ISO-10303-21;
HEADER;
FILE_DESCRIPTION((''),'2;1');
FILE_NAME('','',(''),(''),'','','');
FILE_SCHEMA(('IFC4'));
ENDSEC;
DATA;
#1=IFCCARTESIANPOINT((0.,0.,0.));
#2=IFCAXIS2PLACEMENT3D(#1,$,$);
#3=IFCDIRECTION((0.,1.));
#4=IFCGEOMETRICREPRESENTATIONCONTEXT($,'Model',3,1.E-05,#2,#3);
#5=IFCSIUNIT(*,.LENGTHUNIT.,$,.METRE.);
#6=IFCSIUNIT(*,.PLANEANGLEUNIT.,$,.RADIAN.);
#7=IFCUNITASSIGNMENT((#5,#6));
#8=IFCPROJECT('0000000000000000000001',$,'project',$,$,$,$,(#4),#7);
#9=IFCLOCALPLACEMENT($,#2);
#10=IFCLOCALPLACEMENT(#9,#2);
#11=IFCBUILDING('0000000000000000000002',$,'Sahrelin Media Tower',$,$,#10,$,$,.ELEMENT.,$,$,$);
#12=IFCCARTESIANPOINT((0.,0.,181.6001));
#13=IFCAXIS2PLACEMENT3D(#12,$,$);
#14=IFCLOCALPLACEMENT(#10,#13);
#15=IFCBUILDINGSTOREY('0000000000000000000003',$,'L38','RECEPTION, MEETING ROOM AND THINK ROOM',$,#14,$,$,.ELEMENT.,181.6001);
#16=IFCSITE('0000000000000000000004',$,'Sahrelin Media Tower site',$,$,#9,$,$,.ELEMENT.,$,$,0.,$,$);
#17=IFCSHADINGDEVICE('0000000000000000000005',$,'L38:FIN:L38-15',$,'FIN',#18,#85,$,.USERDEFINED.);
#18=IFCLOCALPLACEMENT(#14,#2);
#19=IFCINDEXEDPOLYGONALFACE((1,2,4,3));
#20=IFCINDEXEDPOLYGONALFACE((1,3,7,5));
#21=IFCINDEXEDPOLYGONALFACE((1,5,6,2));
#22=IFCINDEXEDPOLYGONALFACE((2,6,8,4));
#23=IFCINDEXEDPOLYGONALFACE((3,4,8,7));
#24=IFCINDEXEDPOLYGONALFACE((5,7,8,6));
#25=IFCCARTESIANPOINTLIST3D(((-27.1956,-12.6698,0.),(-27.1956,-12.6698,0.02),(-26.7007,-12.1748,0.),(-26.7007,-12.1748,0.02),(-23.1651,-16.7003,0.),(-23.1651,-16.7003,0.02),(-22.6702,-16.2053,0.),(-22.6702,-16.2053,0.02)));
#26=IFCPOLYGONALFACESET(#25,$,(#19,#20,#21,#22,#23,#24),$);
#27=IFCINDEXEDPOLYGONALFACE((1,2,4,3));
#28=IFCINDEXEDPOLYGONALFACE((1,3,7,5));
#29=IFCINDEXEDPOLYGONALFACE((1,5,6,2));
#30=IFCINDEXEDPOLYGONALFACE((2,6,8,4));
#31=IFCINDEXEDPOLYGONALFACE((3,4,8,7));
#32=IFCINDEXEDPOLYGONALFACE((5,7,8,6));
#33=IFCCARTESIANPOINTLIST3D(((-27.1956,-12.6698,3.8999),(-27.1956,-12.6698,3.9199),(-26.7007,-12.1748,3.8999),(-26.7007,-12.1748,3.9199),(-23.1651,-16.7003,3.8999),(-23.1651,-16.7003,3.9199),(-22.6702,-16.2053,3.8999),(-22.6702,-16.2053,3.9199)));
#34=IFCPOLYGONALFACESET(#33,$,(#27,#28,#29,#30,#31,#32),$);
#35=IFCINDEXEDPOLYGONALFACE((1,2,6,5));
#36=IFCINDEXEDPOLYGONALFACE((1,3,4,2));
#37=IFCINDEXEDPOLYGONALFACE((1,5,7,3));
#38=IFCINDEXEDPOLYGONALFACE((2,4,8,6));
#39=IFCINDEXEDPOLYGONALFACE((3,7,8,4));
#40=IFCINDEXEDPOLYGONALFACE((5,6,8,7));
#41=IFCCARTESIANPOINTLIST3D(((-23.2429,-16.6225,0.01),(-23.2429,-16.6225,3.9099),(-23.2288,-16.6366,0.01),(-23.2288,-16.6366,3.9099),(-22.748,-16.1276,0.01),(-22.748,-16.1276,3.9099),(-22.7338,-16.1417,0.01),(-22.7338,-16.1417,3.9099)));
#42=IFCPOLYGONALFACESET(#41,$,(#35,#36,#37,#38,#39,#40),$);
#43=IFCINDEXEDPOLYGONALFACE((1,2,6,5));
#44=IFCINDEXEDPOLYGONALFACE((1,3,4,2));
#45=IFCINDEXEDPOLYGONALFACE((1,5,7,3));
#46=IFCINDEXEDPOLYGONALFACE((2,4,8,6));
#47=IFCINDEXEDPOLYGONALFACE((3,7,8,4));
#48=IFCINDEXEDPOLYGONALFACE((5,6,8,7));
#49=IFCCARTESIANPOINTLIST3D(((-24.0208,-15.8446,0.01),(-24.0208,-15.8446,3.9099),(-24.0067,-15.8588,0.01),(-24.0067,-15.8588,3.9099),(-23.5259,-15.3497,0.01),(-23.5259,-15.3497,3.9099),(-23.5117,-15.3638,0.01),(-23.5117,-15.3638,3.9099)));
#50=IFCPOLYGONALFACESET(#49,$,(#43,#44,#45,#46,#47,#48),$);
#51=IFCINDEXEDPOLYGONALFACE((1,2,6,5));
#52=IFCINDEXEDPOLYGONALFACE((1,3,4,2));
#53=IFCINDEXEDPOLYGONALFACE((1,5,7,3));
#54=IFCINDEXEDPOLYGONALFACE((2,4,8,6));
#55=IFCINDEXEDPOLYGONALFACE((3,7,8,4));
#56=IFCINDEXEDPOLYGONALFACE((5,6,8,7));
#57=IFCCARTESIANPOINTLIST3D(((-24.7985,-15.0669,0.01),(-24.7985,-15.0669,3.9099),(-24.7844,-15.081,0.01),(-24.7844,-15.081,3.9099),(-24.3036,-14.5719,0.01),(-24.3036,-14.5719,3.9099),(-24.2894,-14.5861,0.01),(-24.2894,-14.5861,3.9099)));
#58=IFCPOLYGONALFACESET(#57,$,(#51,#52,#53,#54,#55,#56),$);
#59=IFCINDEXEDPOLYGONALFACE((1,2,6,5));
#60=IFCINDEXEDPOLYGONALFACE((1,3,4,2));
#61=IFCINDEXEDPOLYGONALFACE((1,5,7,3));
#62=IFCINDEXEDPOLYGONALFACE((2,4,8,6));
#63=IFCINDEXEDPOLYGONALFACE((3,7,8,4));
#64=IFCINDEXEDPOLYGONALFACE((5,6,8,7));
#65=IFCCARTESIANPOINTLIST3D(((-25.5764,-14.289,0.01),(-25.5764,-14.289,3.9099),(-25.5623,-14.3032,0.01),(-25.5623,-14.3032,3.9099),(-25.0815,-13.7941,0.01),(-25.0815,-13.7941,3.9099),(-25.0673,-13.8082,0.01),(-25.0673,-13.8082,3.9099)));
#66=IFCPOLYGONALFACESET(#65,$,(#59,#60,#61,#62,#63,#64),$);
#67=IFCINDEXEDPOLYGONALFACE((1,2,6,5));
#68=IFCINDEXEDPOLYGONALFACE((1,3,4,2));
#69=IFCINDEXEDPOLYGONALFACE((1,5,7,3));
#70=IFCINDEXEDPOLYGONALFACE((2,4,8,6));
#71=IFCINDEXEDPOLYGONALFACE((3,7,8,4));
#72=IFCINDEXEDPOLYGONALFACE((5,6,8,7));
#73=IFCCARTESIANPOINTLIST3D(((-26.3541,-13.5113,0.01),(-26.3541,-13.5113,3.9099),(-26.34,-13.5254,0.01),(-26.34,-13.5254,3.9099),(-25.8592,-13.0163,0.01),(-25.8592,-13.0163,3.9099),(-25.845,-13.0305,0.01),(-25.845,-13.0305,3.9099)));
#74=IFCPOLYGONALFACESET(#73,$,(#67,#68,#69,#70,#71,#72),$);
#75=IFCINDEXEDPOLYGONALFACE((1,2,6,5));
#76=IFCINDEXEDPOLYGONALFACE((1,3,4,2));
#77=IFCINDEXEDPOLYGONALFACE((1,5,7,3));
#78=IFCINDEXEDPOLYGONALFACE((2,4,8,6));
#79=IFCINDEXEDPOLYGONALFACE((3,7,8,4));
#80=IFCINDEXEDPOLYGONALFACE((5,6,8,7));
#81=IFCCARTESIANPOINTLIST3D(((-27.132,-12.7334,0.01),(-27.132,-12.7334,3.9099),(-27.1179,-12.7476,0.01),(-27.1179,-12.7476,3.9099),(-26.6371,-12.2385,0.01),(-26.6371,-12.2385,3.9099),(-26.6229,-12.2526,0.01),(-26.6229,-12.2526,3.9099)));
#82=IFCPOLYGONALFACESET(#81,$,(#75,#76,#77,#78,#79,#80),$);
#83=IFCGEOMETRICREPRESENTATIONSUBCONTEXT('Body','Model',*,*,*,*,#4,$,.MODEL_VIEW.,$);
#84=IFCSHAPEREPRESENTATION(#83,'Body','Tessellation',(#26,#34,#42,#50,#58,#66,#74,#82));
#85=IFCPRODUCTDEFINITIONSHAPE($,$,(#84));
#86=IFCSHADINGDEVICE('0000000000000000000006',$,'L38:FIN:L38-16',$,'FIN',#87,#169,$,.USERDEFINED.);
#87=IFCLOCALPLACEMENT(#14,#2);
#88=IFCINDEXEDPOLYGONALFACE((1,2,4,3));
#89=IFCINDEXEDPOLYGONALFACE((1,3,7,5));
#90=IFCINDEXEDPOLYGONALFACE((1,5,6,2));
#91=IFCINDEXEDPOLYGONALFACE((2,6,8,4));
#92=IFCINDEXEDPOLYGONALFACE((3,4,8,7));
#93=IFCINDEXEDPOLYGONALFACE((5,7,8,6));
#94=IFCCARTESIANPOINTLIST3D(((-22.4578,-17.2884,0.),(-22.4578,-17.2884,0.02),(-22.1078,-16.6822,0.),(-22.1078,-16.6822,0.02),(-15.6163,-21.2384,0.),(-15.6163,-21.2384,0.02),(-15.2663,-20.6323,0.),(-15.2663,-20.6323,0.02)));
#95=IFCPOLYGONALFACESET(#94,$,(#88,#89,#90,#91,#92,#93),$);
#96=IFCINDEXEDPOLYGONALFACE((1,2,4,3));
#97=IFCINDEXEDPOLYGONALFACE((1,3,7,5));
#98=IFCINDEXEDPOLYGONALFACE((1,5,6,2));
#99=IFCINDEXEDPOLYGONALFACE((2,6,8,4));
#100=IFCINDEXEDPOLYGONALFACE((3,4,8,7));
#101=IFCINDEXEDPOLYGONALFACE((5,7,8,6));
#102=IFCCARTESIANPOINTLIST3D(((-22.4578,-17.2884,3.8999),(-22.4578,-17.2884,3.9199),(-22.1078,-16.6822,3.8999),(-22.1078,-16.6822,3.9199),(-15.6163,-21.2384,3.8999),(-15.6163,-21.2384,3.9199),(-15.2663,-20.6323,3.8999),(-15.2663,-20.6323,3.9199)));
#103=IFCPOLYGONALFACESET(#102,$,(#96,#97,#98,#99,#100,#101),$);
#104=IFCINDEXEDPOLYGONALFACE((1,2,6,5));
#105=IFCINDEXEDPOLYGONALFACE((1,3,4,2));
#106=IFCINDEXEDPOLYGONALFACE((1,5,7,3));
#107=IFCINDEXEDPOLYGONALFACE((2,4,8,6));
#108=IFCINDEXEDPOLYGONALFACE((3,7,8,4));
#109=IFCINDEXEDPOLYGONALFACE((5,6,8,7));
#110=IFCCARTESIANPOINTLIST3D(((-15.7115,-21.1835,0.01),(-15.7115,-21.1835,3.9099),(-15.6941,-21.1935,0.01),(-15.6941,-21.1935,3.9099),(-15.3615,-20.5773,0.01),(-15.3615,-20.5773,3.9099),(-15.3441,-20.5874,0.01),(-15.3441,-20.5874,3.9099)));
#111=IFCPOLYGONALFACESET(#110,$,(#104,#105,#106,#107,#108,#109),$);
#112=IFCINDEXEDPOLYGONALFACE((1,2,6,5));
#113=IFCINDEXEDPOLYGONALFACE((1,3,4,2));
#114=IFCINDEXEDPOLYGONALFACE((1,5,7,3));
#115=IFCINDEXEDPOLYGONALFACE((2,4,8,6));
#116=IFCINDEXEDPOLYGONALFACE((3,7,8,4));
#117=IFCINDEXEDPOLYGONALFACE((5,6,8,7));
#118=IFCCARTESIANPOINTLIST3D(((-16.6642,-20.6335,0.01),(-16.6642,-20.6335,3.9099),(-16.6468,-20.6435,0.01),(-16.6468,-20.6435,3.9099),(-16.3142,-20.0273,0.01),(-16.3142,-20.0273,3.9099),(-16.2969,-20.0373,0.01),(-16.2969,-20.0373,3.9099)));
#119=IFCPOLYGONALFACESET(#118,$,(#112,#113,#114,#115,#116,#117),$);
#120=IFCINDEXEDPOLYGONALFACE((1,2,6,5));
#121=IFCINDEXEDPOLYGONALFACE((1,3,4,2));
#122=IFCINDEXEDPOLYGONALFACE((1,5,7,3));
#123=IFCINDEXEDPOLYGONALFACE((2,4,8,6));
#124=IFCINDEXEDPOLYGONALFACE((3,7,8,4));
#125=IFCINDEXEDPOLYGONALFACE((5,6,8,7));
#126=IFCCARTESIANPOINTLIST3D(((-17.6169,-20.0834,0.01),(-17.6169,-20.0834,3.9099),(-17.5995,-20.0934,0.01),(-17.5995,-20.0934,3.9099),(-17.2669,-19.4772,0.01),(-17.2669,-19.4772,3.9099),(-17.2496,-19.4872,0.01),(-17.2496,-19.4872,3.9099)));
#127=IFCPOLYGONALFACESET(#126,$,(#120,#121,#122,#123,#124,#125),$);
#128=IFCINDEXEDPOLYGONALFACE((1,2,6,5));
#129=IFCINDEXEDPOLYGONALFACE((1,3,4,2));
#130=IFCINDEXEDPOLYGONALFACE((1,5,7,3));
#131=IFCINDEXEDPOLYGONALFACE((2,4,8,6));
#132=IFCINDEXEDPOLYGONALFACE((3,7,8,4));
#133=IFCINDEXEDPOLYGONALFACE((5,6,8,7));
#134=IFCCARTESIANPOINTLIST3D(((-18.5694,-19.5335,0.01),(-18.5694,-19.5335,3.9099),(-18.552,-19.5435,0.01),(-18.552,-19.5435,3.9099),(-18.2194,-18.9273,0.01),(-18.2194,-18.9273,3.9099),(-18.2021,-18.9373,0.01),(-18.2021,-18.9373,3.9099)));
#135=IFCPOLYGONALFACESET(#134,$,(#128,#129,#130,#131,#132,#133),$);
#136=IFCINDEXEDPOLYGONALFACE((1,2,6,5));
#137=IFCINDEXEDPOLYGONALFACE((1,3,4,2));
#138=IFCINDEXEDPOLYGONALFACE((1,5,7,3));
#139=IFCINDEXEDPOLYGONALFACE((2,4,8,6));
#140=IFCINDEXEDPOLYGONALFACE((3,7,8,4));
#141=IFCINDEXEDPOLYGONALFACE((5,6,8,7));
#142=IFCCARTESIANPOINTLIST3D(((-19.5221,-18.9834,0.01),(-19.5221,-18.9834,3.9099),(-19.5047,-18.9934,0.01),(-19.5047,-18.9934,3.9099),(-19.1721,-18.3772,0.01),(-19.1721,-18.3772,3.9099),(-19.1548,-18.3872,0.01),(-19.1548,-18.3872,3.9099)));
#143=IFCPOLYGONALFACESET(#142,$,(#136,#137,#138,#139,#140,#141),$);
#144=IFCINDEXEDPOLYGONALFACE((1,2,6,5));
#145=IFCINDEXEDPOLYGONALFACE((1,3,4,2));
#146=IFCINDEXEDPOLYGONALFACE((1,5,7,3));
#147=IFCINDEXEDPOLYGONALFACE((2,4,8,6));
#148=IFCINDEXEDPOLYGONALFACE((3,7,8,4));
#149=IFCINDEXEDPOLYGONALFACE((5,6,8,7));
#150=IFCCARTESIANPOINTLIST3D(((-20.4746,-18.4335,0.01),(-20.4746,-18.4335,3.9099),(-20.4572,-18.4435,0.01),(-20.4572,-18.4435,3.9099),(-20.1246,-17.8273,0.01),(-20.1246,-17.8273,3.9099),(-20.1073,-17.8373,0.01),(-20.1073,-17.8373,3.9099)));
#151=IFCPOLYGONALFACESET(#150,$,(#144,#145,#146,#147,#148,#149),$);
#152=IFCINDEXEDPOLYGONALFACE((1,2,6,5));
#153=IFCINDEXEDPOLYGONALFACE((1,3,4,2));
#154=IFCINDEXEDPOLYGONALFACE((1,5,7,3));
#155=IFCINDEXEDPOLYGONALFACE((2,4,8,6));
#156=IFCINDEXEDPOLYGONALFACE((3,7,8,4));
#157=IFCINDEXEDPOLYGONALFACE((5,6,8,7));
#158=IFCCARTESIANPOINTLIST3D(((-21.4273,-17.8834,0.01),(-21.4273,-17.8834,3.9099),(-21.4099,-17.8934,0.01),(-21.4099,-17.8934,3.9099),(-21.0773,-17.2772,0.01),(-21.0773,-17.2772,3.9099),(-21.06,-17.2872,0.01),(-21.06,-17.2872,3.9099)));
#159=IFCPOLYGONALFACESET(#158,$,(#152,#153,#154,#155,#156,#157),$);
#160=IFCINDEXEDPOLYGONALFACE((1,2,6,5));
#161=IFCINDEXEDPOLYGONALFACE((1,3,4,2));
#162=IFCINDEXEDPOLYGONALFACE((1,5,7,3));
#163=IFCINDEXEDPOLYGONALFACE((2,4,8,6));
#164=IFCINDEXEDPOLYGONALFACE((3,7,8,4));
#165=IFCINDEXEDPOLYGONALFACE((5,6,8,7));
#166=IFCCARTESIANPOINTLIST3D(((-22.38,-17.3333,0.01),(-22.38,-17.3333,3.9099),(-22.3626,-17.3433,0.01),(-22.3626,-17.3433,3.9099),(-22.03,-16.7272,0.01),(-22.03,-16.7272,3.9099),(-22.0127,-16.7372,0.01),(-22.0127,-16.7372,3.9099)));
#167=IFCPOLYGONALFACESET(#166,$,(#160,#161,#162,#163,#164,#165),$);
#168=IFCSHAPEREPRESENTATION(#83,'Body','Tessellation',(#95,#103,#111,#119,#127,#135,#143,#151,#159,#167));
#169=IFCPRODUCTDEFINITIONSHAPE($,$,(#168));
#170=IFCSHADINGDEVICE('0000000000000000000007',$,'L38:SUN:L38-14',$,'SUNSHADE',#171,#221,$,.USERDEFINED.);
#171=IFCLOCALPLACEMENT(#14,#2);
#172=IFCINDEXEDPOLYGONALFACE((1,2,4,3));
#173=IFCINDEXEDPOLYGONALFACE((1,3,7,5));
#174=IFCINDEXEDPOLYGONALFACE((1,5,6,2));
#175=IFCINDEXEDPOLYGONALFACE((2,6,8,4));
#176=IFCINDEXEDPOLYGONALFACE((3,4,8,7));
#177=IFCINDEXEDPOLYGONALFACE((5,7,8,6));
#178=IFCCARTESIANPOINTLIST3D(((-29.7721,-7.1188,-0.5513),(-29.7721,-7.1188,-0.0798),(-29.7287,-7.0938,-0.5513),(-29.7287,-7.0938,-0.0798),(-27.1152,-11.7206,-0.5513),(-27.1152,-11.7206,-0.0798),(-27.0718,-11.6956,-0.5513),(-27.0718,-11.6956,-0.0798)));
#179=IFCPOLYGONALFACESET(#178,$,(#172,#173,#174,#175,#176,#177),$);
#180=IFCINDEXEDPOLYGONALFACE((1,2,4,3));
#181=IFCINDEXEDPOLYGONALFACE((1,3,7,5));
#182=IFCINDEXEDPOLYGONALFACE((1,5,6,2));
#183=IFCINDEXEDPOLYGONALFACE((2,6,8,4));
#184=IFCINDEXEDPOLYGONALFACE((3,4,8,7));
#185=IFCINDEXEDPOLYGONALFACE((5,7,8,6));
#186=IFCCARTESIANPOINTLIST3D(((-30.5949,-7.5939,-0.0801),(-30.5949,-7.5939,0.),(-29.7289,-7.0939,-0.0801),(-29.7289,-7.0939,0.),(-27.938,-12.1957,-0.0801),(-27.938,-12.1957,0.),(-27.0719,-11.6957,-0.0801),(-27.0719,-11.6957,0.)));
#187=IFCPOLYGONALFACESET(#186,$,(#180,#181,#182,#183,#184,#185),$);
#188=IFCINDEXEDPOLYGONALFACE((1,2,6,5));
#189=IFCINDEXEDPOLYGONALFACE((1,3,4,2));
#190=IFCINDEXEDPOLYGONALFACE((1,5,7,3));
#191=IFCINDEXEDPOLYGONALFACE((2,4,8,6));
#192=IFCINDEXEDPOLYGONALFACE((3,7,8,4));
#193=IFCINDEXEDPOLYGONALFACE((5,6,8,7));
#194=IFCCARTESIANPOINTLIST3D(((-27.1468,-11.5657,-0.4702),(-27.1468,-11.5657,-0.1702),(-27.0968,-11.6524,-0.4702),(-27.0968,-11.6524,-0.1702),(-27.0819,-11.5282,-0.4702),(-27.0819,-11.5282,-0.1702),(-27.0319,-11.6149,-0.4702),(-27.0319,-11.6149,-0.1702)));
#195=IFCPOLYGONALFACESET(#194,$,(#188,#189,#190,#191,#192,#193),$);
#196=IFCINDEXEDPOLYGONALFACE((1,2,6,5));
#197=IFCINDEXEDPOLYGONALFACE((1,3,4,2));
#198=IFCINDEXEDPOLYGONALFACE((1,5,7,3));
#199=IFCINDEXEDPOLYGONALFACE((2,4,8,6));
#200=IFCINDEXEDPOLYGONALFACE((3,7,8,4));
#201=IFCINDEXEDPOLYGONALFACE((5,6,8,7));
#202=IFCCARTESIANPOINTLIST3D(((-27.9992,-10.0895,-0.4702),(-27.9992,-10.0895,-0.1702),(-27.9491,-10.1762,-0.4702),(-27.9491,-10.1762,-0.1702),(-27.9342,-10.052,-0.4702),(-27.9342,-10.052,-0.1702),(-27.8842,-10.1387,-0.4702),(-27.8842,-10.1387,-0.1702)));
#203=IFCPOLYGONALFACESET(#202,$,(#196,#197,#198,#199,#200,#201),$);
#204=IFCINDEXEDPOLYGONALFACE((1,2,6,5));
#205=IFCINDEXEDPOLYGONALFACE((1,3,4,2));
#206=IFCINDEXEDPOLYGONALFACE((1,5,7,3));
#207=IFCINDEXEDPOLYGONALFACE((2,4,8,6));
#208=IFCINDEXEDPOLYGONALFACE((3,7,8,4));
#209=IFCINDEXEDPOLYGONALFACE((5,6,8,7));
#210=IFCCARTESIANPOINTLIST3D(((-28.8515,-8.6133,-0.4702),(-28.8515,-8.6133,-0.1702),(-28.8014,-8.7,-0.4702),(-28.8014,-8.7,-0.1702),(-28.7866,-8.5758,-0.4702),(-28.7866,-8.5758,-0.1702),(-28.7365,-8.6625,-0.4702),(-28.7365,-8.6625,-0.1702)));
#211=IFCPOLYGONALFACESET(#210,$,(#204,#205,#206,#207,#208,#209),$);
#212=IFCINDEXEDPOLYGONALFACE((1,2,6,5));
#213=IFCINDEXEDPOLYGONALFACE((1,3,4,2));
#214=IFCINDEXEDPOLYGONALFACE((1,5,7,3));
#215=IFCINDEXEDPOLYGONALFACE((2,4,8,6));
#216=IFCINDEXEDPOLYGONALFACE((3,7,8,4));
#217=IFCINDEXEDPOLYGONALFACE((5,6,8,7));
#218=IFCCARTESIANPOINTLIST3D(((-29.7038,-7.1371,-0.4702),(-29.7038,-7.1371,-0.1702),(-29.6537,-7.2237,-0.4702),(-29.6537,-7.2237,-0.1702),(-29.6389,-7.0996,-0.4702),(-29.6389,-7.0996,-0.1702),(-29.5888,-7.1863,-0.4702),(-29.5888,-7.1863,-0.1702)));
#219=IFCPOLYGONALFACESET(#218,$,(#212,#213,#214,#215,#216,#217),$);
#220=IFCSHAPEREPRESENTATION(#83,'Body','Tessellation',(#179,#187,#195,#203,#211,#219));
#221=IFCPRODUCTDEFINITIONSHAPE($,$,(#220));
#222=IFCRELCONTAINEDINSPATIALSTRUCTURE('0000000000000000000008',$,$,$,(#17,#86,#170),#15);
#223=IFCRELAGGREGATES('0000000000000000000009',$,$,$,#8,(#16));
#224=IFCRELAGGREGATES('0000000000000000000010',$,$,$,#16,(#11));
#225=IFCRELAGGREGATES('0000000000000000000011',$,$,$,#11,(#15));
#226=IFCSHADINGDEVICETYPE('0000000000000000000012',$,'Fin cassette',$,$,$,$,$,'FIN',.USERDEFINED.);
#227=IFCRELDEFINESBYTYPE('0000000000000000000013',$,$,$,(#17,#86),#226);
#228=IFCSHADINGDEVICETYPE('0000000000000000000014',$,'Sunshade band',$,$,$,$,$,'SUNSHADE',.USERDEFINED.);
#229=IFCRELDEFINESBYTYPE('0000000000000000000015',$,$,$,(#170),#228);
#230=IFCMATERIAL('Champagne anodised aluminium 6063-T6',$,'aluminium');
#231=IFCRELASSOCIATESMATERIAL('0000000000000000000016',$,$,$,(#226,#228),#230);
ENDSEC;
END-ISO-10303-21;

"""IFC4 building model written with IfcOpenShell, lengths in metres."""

from ifc_helpers import new_model, si_unit, direction, frame, origin, origin_2d, place, context, subcontext, project, spatial, rectangle, extrude, material, type_object, element, save


model = new_model("IFC4")

# Units and contexts
model_context = context("Model", 3, precision=1e-05, world=origin(), true_north=direction((0.0, 1.0)))
body_context = subcontext(model_context, "Body", "Model", "MODEL_VIEW")
ifc_project = project(units=[si_unit("LENGTHUNIT", "METRE"), si_unit("PLANEANGLEUNIT", "RADIAN")], contexts=[model_context])

# Site, building, storey
site_placement = place(None, origin())
site = spatial("IfcSite", under=ifc_project, at=site_placement, Name="Sahrelin Media Tower site", CompositionType="ELEMENT", RefElevation=0.0)
building_placement = place(site_placement, origin())
building = spatial("IfcBuilding", under=site, at=building_placement, Name="Sahrelin Media Tower", CompositionType="ELEMENT")
storey_placement = place(building_placement, frame((0.0, 0.0, 181.6001)))
storey = spatial("IfcBuildingStorey", under=building, at=storey_placement, Name="L38", Description="RECEPTION, MEETING ROOM AND THINK ROOM", CompositionType="ELEMENT", Elevation=181.6001)

# Shared definitions
ifc_material_1 = material(Name="Champagne anodised aluminium 6063-T6", Category="aluminium")

# Shading devices
shading_device_type_1 = type_object("IfcShadingDeviceType", Name="Fin cassette", ElementType="FIN", PredefinedType="USERDEFINED", material=ifc_material_1)
placement_1 = place(storey_placement, frame((-28.3831, -9.3848, 0.0), z_axis=(0.0, 0.0, 1.0), x_axis=(-0.500011, 0.866019, 0.0)))
placement_2 = place(storey_placement, frame((-24.636, -14.1406, 0.0), z_axis=(0.0, 0.0, 1.0), x_axis=(-0.707107, 0.707107, 0.0)))
element("IfcShadingDevice", 1, at=placement_2, inside=storey, type_object=shading_device_type_1, Name="L38:FIN:L38-15", ObjectType="FIN", PredefinedType="USERDEFINED", context=body_context, shape_type="SweptSolid", body=[
    extrude(rectangle(XDim=5.7, YDim=0.7, at=origin_2d()), frame((0.0, 0.4199, 0.0)), (0.0, 0.0, 1.0), 0.02),
    extrude(rectangle(XDim=5.7, YDim=0.7, at=origin_2d()), frame((0.0, 0.4199, 3.8999)), (0.0, 0.0, 1.0), 0.02),
    extrude(rectangle(XDim=0.02, YDim=0.7, at=origin_2d()), frame((-2.75, 0.4199, 0.01), z_axis=(0.0, 0.0, 1.0), x_axis=(1.0, 0.0, 0.0)), (0.0, 0.0, 1.0), 3.8999),
    extrude(rectangle(XDim=0.02, YDim=0.7, at=origin_2d()), frame((-1.6499, 0.4199, 0.01), z_axis=(0.0, 0.0, 1.0), x_axis=(1.0, 0.0, 0.0)), (0.0, 0.0, 1.0), 3.8999),
    extrude(rectangle(XDim=0.02, YDim=0.7, at=origin_2d()), frame((-0.55, 0.4199, 0.01), z_axis=(0.0, 0.0, 1.0), x_axis=(1.0, 0.0, 0.0)), (0.0, 0.0, 1.0), 3.8999),
    extrude(rectangle(XDim=0.02, YDim=0.7, at=origin_2d()), frame((0.55, 0.4199, 0.01), z_axis=(0.0, 0.0, 1.0), x_axis=(1.0, 0.0, 0.0)), (0.0, 0.0, 1.0), 3.8999),
    extrude(rectangle(XDim=0.02, YDim=0.7, at=origin_2d()), frame((1.6499, 0.4199, 0.01), z_axis=(0.0, 0.0, 1.0), x_axis=(1.0, 0.0, 0.0)), (0.0, 0.0, 1.0), 3.8999),
    extrude(rectangle(XDim=0.02, YDim=0.7, at=origin_2d()), frame((2.75, 0.4199, 0.01), z_axis=(0.0, 0.0, 1.0), x_axis=(1.0, 0.0, 0.0)), (0.0, 0.0, 1.0), 3.8999),
])
placement_3 = place(storey_placement, frame((-18.6521, -18.5967, 0.0), z_axis=(0.0, 0.0, 1.0), x_axis=(-0.866019, 0.500011, 0.0)))
element("IfcShadingDevice", 2, at=placement_3, inside=storey, type_object=shading_device_type_1, Name="L38:FIN:L38-16", ObjectType="FIN", PredefinedType="USERDEFINED", context=body_context, shape_type="SweptSolid", body=[
    extrude(rectangle(XDim=7.8999, YDim=0.7, at=origin_2d()), frame((0.0, 0.4199, 0.0)), (0.0, 0.0, 1.0), 0.02),
    extrude(rectangle(XDim=7.8999, YDim=0.7, at=origin_2d()), frame((0.0, 0.4199, 3.8999)), (0.0, 0.0, 1.0), 0.02),
    extrude(rectangle(XDim=0.02, YDim=0.7, at=origin_2d()), frame((-3.8501, 0.4199, 0.01), z_axis=(0.0, 0.0, 1.0), x_axis=(1.0, 0.0, 0.0)), (0.0, 0.0, 1.0), 3.8999),
    extrude(rectangle(XDim=0.02, YDim=0.7, at=origin_2d()), frame((-2.75, 0.4199, 0.01), z_axis=(0.0, 0.0, 1.0), x_axis=(1.0, 0.0, 0.0)), (0.0, 0.0, 1.0), 3.8999),
    extrude(rectangle(XDim=0.02, YDim=0.7, at=origin_2d()), frame((-1.6499, 0.4199, 0.01), z_axis=(0.0, 0.0, 1.0), x_axis=(1.0, 0.0, 0.0)), (0.0, 0.0, 1.0), 3.8999),
    extrude(rectangle(XDim=0.02, YDim=0.7, at=origin_2d()), frame((-0.55, 0.4199, 0.01), z_axis=(0.0, 0.0, 1.0), x_axis=(1.0, 0.0, 0.0)), (0.0, 0.0, 1.0), 3.8999),
    extrude(rectangle(XDim=0.02, YDim=0.7, at=origin_2d()), frame((0.55, 0.4199, 0.01), z_axis=(0.0, 0.0, 1.0), x_axis=(1.0, 0.0, 0.0)), (0.0, 0.0, 1.0), 3.8999),
    extrude(rectangle(XDim=0.02, YDim=0.7, at=origin_2d()), frame((1.6499, 0.4199, 0.01), z_axis=(0.0, 0.0, 1.0), x_axis=(1.0, 0.0, 0.0)), (0.0, 0.0, 1.0), 3.8999),
    extrude(rectangle(XDim=0.02, YDim=0.7, at=origin_2d()), frame((2.75, 0.4199, 0.01), z_axis=(0.0, 0.0, 1.0), x_axis=(1.0, 0.0, 0.0)), (0.0, 0.0, 1.0), 3.8999),
    extrude(rectangle(XDim=0.02, YDim=0.7, at=origin_2d()), frame((3.8501, 0.4199, 0.01), z_axis=(0.0, 0.0, 1.0), x_axis=(1.0, 0.0, 0.0)), (0.0, 0.0, 1.0), 3.8999),
])
shading_device_type_2 = type_object("IfcShadingDeviceType", Name="Sunshade band", ElementType="SUNSHADE", PredefinedType="USERDEFINED", material=ifc_material_1)
element("IfcShadingDevice", 3, at=placement_1, inside=storey, type_object=shading_device_type_2, Name="L38:SUN:L38-14", ObjectType="SUNSHADE", PredefinedType="USERDEFINED", context=body_context, shape_type="SweptSolid", body=[
    extrude(rectangle(XDim=5.3137, YDim=0.05, at=origin_2d()), frame((0.0, 0.0449, -0.5513)), (0.0, 0.0, 1.0), 0.4714),
    extrude(rectangle(XDim=5.3137, YDim=1.0, at=origin_2d()), frame((0.0, 0.52, -0.0801)), (0.0, 0.0, 1.0), 0.0801),
    extrude(rectangle(XDim=0.1001, YDim=0.075, at=origin_2d()), frame((-2.5569, -0.0176, -0.4702)), (0.0, 0.0, 1.0), 0.3),
    extrude(rectangle(XDim=0.1001, YDim=0.075, at=origin_2d()), frame((-0.8523, -0.0176, -0.4702)), (0.0, 0.0, 1.0), 0.3),
    extrude(rectangle(XDim=0.1001, YDim=0.075, at=origin_2d()), frame((0.8523, -0.0176, -0.4702)), (0.0, 0.0, 1.0), 0.3),
    extrude(rectangle(XDim=0.1001, YDim=0.075, at=origin_2d()), frame((2.5569, -0.0176, -0.4702)), (0.0, 0.0, 1.0), 0.3),
])

save(model, "model.ifc")
